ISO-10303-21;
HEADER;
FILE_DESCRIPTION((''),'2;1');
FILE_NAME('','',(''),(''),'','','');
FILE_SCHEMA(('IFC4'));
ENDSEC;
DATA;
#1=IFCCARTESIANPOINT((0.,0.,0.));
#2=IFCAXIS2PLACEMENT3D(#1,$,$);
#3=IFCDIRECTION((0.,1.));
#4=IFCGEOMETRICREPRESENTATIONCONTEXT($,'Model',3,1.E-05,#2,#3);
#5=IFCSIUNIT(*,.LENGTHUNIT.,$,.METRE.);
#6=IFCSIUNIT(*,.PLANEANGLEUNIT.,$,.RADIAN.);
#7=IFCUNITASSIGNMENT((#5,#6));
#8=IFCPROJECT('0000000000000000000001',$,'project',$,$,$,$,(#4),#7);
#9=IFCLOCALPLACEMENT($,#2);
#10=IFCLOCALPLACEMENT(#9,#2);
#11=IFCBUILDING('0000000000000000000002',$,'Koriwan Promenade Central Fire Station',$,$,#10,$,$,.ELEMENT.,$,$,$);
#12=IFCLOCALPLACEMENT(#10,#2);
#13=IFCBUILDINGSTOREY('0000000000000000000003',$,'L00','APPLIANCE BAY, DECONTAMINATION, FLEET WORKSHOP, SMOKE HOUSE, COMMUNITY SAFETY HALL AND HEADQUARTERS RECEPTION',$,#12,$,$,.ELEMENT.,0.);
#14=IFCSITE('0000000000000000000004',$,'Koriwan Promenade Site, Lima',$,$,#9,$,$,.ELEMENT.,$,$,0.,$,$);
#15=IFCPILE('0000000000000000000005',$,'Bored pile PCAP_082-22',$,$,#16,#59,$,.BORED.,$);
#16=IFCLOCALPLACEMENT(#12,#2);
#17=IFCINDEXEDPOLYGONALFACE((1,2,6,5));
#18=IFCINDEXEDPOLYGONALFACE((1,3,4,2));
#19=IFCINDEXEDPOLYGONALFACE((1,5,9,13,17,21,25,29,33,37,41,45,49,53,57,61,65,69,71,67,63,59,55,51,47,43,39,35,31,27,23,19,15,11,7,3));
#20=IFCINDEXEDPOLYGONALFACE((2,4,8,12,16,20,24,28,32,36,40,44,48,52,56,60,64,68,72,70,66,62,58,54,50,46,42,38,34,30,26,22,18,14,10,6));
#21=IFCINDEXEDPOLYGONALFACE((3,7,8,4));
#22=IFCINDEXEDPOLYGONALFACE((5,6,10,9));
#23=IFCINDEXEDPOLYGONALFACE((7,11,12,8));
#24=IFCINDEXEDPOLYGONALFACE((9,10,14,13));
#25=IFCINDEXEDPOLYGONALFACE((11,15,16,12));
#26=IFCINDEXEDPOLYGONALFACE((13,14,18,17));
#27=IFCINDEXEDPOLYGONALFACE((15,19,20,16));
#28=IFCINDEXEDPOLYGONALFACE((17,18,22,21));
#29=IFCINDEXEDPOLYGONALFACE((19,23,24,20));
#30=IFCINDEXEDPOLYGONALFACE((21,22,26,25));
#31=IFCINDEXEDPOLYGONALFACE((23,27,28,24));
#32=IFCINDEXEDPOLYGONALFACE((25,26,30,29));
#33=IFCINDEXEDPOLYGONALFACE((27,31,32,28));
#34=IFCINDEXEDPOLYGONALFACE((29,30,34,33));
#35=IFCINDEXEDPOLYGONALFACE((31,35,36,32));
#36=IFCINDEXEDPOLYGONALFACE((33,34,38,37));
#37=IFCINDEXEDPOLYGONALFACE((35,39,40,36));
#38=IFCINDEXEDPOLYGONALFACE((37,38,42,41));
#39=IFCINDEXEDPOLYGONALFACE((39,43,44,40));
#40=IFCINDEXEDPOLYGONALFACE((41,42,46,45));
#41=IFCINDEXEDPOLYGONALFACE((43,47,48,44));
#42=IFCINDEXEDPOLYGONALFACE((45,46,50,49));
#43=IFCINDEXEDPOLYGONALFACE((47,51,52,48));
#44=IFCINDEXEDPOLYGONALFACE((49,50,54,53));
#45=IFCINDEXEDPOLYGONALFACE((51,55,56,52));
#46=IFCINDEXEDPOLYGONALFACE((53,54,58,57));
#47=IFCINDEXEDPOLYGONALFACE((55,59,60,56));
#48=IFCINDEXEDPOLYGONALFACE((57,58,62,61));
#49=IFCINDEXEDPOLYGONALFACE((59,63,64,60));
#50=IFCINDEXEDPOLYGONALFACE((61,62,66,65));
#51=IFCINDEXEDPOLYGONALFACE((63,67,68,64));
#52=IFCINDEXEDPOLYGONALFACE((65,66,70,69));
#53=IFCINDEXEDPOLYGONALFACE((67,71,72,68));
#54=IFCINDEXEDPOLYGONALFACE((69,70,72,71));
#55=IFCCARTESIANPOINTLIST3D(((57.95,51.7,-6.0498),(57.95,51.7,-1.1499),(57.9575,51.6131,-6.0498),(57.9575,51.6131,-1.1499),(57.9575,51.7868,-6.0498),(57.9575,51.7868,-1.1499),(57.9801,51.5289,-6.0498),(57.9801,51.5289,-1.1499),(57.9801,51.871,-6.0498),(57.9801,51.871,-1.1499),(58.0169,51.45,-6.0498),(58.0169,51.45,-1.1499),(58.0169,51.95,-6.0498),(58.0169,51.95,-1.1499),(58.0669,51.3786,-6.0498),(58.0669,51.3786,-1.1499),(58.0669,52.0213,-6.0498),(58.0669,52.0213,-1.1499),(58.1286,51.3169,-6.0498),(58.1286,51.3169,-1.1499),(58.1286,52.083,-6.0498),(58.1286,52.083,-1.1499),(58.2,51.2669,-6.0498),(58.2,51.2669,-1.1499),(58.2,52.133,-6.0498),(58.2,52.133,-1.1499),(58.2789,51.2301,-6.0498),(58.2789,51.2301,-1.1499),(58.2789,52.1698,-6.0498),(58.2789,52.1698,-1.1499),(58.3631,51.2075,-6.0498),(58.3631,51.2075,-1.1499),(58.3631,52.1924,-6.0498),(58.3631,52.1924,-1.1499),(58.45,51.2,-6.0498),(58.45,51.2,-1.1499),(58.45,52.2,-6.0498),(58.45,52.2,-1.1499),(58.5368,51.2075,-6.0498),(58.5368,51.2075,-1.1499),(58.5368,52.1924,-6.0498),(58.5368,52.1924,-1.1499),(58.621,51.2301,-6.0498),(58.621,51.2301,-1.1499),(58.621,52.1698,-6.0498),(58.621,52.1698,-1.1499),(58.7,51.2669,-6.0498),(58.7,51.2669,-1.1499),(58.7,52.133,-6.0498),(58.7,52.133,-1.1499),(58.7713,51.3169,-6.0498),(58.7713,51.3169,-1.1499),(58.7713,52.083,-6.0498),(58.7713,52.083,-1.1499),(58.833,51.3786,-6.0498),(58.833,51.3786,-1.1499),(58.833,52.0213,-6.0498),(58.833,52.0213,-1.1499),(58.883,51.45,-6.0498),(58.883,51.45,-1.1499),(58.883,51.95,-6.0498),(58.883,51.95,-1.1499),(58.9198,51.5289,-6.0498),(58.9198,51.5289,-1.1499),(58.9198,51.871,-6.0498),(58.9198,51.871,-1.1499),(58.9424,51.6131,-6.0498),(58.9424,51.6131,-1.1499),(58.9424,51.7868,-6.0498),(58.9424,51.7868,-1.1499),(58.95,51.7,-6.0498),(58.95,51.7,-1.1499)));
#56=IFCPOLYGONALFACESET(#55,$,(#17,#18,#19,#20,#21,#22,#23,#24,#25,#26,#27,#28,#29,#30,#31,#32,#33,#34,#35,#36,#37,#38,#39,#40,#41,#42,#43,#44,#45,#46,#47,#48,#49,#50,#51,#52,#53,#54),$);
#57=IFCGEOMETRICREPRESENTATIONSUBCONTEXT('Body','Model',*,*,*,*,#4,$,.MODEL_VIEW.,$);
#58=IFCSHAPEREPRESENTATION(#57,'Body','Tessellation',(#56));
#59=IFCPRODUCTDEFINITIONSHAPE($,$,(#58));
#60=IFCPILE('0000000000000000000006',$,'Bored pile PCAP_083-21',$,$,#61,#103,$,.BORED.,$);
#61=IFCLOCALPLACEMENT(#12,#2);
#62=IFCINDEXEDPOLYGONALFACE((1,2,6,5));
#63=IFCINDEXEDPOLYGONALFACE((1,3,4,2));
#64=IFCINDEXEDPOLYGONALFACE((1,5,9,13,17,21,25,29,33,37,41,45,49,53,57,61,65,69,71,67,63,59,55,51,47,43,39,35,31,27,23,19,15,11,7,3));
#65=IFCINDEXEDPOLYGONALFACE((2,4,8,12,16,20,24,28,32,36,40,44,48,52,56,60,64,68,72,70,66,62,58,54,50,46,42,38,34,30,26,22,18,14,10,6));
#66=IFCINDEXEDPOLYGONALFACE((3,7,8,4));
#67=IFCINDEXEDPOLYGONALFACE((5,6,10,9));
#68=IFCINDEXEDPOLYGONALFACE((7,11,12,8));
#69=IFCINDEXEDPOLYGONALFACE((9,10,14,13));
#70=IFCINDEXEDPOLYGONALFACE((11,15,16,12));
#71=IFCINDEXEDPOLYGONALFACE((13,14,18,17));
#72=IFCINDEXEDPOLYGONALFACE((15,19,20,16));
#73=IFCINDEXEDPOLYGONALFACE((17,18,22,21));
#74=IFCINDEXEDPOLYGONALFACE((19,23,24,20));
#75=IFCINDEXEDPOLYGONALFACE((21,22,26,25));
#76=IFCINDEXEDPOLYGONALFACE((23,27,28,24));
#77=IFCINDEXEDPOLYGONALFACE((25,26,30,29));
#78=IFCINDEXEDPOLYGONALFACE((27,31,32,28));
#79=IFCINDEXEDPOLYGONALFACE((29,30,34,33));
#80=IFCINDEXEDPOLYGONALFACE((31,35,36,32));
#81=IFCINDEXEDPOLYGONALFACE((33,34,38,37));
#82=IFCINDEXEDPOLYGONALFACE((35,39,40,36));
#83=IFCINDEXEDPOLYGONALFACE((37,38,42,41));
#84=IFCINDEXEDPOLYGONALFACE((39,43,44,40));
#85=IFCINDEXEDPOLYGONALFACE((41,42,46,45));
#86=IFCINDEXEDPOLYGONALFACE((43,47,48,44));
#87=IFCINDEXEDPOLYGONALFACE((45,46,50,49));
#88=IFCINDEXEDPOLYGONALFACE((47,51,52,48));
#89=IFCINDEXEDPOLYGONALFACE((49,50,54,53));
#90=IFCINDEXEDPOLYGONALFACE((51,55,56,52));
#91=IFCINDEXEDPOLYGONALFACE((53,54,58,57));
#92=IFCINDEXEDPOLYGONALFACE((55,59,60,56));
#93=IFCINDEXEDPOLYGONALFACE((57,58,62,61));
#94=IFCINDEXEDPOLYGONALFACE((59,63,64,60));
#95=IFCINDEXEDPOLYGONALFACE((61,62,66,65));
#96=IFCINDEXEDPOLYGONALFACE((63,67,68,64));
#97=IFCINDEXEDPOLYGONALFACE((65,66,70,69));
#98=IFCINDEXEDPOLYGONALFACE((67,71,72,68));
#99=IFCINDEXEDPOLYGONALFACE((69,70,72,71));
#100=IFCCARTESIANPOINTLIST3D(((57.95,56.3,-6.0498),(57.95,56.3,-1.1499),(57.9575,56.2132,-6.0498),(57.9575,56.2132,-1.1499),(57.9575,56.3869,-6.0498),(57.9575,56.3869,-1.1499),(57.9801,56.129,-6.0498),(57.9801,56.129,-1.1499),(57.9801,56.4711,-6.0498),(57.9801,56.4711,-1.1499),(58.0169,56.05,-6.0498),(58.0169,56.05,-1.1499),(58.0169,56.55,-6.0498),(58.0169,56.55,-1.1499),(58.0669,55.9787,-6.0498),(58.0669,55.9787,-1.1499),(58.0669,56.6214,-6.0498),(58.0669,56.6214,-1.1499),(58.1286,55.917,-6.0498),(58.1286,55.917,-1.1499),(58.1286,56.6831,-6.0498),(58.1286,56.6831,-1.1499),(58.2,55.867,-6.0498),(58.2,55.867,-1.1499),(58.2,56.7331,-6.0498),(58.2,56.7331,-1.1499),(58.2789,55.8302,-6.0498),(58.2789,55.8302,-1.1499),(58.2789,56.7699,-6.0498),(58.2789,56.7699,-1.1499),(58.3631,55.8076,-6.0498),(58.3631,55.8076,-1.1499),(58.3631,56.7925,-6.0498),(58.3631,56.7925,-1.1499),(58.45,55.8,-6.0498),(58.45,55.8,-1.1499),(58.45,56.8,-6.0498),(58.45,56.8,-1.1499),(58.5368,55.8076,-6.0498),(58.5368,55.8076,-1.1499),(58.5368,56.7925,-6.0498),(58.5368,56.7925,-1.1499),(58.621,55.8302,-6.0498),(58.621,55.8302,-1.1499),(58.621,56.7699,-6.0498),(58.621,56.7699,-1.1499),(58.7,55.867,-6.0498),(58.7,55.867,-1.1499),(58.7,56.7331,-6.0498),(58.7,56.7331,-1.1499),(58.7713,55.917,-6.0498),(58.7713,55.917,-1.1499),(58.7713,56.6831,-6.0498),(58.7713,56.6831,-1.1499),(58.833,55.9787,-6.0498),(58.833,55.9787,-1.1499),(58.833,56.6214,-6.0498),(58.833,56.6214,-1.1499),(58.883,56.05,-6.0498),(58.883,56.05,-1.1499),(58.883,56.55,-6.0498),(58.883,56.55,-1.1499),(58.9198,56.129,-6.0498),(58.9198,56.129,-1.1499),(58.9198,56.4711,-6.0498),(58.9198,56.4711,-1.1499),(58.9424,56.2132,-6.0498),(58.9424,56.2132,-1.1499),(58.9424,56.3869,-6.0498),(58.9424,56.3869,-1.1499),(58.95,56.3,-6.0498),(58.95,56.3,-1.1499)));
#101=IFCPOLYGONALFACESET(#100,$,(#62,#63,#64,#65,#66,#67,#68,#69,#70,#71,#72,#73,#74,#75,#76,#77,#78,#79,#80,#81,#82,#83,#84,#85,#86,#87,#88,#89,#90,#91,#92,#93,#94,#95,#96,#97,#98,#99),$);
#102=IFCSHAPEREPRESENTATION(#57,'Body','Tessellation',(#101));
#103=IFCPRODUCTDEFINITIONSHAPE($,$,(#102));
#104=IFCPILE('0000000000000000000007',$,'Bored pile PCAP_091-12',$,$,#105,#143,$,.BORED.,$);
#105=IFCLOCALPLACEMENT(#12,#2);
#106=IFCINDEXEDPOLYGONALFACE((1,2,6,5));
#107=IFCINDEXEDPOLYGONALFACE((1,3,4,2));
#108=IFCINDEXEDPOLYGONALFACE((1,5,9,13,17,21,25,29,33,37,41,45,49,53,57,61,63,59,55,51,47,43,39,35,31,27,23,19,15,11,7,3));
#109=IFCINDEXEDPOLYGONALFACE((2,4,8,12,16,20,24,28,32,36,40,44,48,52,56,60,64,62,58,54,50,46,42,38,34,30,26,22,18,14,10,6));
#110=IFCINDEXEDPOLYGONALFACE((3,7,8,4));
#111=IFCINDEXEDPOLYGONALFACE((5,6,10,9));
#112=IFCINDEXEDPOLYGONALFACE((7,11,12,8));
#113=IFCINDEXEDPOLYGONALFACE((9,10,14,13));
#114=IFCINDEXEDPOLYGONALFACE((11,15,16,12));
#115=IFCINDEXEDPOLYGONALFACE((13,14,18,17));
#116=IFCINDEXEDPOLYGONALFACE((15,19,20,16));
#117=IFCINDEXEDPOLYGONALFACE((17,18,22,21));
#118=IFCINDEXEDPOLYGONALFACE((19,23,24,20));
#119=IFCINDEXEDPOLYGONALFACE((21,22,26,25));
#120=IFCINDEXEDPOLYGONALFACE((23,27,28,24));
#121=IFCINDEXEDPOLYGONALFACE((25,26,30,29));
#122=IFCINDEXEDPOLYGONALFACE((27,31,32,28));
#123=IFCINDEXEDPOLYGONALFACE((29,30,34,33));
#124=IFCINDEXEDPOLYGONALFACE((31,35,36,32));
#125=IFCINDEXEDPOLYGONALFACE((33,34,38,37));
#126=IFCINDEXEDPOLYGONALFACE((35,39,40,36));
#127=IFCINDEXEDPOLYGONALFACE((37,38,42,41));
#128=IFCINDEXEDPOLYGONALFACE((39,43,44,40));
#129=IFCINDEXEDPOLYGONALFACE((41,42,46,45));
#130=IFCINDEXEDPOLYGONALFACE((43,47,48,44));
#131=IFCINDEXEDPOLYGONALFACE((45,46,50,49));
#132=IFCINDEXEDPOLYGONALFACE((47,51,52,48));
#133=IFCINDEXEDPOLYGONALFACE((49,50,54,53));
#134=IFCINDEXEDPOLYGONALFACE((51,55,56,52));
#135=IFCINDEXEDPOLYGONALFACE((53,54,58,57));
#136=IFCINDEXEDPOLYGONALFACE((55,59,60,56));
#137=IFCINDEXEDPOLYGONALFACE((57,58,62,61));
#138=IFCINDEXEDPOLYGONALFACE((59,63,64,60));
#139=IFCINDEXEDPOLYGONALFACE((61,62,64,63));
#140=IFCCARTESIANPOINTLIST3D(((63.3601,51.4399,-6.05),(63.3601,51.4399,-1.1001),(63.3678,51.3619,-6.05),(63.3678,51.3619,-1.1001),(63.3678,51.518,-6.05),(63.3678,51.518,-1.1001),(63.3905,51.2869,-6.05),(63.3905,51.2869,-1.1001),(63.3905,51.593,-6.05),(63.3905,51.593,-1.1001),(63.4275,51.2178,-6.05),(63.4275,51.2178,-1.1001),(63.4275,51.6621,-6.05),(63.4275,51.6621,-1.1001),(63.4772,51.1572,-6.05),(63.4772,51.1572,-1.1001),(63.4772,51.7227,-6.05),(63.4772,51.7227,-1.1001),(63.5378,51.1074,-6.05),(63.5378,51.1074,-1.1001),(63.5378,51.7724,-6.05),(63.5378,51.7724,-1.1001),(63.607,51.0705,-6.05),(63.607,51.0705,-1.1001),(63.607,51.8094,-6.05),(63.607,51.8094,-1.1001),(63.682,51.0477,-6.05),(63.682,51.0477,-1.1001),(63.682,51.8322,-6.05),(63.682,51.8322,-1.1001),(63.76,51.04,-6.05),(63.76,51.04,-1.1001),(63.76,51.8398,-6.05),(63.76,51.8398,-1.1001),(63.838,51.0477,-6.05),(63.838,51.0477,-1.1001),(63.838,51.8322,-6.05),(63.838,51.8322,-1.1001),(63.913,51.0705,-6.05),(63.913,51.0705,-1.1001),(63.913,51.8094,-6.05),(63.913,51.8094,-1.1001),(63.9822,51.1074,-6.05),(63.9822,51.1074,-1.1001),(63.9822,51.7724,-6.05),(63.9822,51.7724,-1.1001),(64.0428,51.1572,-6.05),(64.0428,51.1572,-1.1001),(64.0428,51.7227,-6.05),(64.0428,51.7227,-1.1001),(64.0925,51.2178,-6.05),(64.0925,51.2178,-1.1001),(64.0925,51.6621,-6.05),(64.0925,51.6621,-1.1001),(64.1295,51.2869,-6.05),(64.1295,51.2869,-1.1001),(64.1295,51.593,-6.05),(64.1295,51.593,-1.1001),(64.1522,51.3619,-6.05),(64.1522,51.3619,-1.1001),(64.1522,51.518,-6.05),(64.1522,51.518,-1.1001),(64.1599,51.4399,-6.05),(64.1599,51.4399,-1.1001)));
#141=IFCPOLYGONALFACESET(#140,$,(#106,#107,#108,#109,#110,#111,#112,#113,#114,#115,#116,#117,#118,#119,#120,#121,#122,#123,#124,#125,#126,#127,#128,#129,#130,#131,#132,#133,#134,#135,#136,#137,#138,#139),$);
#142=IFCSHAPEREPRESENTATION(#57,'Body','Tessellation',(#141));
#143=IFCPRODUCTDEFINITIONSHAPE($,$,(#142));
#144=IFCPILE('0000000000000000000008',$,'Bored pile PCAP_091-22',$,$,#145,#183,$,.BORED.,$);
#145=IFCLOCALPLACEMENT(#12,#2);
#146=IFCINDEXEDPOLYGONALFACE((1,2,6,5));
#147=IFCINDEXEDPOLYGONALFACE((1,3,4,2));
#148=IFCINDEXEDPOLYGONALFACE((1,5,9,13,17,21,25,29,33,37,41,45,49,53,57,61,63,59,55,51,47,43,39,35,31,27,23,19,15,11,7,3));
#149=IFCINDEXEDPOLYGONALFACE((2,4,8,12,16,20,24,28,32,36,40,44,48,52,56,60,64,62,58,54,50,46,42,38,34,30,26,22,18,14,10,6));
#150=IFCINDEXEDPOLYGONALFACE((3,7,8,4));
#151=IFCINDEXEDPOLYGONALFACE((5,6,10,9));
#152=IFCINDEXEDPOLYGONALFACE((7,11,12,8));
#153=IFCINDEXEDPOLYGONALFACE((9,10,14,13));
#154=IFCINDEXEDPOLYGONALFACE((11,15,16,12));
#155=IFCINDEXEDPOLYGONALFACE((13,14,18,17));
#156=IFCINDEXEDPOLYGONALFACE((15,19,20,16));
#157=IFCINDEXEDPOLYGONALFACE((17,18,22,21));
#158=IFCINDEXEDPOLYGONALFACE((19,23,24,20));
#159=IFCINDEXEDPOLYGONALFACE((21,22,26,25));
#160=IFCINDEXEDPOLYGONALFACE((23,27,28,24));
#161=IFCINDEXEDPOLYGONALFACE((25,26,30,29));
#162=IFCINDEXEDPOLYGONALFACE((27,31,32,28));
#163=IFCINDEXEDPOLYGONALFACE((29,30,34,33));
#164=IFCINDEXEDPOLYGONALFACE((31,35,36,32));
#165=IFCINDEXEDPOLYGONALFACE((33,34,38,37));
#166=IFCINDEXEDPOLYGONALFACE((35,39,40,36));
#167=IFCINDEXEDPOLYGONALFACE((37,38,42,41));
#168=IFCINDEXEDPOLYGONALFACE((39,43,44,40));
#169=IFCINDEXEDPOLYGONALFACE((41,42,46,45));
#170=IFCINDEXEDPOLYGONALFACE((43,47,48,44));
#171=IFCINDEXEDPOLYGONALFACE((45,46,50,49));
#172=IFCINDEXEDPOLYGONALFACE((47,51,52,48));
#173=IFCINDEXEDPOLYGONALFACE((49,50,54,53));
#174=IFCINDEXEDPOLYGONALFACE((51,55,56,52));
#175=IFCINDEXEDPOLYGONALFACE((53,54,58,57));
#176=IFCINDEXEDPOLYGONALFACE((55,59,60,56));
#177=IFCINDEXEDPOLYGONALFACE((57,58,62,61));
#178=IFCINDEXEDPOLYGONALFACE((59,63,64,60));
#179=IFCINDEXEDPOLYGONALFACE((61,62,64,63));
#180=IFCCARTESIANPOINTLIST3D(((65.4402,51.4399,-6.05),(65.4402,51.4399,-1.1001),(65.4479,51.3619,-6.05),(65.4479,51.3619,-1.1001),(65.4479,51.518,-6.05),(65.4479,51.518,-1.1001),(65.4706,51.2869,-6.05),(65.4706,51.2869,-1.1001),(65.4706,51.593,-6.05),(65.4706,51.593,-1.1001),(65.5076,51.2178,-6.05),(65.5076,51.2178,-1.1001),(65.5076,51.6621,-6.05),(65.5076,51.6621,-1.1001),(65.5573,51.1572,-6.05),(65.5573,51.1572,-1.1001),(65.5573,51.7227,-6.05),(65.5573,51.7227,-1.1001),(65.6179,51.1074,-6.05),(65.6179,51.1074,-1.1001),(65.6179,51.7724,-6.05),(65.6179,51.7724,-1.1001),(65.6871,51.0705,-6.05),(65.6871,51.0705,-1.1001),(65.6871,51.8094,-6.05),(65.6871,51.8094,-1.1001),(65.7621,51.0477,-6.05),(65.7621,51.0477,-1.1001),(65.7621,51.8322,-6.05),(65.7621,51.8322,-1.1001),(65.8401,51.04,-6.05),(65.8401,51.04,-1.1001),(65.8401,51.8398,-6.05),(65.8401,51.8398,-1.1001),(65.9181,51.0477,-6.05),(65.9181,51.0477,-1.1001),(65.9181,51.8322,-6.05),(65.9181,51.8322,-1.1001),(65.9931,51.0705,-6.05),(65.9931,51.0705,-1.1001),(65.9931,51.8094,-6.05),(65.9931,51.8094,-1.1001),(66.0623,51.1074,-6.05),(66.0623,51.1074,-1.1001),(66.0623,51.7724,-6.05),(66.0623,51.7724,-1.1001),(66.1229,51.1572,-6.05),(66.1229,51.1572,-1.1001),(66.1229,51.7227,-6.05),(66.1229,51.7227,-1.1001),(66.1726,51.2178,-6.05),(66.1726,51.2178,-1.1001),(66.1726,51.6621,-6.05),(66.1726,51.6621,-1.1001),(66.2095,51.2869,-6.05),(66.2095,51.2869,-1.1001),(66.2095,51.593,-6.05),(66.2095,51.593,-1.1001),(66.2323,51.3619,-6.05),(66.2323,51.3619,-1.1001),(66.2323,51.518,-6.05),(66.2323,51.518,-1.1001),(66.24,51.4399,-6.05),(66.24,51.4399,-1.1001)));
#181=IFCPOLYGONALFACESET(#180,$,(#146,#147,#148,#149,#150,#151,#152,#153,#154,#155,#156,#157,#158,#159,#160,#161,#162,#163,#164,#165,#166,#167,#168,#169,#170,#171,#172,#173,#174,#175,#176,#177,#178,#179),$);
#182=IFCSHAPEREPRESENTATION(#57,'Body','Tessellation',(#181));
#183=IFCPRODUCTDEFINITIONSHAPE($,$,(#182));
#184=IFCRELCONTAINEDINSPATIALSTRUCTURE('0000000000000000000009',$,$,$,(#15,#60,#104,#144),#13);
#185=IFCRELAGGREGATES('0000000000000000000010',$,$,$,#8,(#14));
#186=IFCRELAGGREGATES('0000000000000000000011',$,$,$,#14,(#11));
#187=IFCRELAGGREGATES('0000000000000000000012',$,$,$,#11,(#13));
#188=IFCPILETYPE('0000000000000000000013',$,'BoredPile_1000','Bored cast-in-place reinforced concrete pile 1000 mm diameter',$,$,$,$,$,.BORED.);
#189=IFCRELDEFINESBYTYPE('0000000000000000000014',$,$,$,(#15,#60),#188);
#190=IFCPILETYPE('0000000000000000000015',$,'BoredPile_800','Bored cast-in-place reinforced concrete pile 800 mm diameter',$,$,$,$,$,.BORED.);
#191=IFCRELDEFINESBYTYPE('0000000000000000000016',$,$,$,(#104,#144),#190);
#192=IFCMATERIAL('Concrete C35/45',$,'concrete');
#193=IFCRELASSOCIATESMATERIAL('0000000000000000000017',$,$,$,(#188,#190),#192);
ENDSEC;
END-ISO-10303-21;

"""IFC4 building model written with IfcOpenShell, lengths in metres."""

from ifc_helpers import new_model, si_unit, direction, frame, origin, origin_2d, place, context, subcontext, project, spatial, circle, extrude, material, material_profile, profile_set, type_object, element, save


model = new_model("IFC4")

# Units and contexts
model_context = context("Model", 3, precision=1e-05, world=origin(), true_north=direction((0.0, 1.0)))
body_context = subcontext(model_context, "Body", "Model", "MODEL_VIEW")
ifc_project = project(units=[si_unit("LENGTHUNIT", "METRE"), si_unit("PLANEANGLEUNIT", "RADIAN")], contexts=[model_context])

# Site, building, storey
site_placement = place(None, origin())
site = spatial("IfcSite", under=ifc_project, at=site_placement, Name="Koriwan Promenade Site, Lima", CompositionType="ELEMENT", RefElevation=0.0)
building_placement = place(site_placement, origin())
building = spatial("IfcBuilding", under=site, at=building_placement, Name="Koriwan Promenade Central Fire Station", CompositionType="ELEMENT")
storey_placement = place(building_placement, origin())
storey = spatial("IfcBuildingStorey", under=building, at=storey_placement, Name="L00", Description="APPLIANCE BAY, DECONTAMINATION, FLEET WORKSHOP, SMOKE HOUSE, COMMUNITY SAFETY HALL AND HEADQUARTERS RECEPTION", CompositionType="ELEMENT", Elevation=0.0)

# Piles
ifc_material_1 = material(Name="Concrete C35/45", Category="concrete")
ifc_material_profile_1 = material_profile(ifc_material_1, circle(Radius=0.5, at=origin_2d()), Name="PILE-D1000")
ifc_profile_set_1 = profile_set([ifc_material_profile_1], Name="Concrete C35/45")
pile_type_1 = type_object("IfcPileType", Name="BoredPile_1000", Description="Bored cast-in-place reinforced concrete pile 1000 mm diameter", PredefinedType="BORED", material=ifc_profile_set_1)
for number, where, z_axis, x_axis, name in (
    (1, (58.45, 51.7, -1.1499), (0.0, 0.0, -1.0), (1.0, 0.0, 0.0), "Bored pile PCAP_082-22"),
    (2, (58.45, 56.3, -1.1499), (0.0, 0.0, -1.0), (1.0, 0.0, 0.0), "Bored pile PCAP_083-21"),
):
    element("IfcPile", number, at=place(storey_placement, frame(where, z_axis=z_axis, x_axis=x_axis)), inside=storey, type_object=pile_type_1, Name=name, PredefinedType="BORED", context=body_context, shape_type="SweptSolid", body=[
        extrude(circle(Radius=0.5, at=origin_2d()), origin(), (0.0, 0.0, 1.0), 4.8999),
    ])
ifc_material_profile_2 = material_profile(ifc_material_1, circle(Radius=0.3999, at=origin_2d()), Name="PILE-D800")
ifc_profile_set_2 = profile_set([ifc_material_profile_2], Name="Concrete C35/45")
pile_type_2 = type_object("IfcPileType", Name="BoredPile_800", Description="Bored cast-in-place reinforced concrete pile 800 mm diameter", PredefinedType="BORED", material=ifc_profile_set_2)
for number, where, z_axis, x_axis, name in (
    (3, (63.76, 51.4399, -1.1001), (0.0, 0.0, -1.0), (1.0, 0.0, 0.0), "Bored pile PCAP_091-12"),
    (4, (65.8401, 51.4399, -1.1001), (0.0, 0.0, -1.0), (1.0, 0.0, 0.0), "Bored pile PCAP_091-22"),
):
    element("IfcPile", number, at=place(storey_placement, frame(where, z_axis=z_axis, x_axis=x_axis)), inside=storey, type_object=pile_type_2, Name=name, PredefinedType="BORED", context=body_context, shape_type="SweptSolid", body=[
        extrude(circle(Radius=0.3999, at=origin_2d()), origin(), (0.0, 0.0, 1.0), 4.95),
    ])

save(model, "model.ifc")
